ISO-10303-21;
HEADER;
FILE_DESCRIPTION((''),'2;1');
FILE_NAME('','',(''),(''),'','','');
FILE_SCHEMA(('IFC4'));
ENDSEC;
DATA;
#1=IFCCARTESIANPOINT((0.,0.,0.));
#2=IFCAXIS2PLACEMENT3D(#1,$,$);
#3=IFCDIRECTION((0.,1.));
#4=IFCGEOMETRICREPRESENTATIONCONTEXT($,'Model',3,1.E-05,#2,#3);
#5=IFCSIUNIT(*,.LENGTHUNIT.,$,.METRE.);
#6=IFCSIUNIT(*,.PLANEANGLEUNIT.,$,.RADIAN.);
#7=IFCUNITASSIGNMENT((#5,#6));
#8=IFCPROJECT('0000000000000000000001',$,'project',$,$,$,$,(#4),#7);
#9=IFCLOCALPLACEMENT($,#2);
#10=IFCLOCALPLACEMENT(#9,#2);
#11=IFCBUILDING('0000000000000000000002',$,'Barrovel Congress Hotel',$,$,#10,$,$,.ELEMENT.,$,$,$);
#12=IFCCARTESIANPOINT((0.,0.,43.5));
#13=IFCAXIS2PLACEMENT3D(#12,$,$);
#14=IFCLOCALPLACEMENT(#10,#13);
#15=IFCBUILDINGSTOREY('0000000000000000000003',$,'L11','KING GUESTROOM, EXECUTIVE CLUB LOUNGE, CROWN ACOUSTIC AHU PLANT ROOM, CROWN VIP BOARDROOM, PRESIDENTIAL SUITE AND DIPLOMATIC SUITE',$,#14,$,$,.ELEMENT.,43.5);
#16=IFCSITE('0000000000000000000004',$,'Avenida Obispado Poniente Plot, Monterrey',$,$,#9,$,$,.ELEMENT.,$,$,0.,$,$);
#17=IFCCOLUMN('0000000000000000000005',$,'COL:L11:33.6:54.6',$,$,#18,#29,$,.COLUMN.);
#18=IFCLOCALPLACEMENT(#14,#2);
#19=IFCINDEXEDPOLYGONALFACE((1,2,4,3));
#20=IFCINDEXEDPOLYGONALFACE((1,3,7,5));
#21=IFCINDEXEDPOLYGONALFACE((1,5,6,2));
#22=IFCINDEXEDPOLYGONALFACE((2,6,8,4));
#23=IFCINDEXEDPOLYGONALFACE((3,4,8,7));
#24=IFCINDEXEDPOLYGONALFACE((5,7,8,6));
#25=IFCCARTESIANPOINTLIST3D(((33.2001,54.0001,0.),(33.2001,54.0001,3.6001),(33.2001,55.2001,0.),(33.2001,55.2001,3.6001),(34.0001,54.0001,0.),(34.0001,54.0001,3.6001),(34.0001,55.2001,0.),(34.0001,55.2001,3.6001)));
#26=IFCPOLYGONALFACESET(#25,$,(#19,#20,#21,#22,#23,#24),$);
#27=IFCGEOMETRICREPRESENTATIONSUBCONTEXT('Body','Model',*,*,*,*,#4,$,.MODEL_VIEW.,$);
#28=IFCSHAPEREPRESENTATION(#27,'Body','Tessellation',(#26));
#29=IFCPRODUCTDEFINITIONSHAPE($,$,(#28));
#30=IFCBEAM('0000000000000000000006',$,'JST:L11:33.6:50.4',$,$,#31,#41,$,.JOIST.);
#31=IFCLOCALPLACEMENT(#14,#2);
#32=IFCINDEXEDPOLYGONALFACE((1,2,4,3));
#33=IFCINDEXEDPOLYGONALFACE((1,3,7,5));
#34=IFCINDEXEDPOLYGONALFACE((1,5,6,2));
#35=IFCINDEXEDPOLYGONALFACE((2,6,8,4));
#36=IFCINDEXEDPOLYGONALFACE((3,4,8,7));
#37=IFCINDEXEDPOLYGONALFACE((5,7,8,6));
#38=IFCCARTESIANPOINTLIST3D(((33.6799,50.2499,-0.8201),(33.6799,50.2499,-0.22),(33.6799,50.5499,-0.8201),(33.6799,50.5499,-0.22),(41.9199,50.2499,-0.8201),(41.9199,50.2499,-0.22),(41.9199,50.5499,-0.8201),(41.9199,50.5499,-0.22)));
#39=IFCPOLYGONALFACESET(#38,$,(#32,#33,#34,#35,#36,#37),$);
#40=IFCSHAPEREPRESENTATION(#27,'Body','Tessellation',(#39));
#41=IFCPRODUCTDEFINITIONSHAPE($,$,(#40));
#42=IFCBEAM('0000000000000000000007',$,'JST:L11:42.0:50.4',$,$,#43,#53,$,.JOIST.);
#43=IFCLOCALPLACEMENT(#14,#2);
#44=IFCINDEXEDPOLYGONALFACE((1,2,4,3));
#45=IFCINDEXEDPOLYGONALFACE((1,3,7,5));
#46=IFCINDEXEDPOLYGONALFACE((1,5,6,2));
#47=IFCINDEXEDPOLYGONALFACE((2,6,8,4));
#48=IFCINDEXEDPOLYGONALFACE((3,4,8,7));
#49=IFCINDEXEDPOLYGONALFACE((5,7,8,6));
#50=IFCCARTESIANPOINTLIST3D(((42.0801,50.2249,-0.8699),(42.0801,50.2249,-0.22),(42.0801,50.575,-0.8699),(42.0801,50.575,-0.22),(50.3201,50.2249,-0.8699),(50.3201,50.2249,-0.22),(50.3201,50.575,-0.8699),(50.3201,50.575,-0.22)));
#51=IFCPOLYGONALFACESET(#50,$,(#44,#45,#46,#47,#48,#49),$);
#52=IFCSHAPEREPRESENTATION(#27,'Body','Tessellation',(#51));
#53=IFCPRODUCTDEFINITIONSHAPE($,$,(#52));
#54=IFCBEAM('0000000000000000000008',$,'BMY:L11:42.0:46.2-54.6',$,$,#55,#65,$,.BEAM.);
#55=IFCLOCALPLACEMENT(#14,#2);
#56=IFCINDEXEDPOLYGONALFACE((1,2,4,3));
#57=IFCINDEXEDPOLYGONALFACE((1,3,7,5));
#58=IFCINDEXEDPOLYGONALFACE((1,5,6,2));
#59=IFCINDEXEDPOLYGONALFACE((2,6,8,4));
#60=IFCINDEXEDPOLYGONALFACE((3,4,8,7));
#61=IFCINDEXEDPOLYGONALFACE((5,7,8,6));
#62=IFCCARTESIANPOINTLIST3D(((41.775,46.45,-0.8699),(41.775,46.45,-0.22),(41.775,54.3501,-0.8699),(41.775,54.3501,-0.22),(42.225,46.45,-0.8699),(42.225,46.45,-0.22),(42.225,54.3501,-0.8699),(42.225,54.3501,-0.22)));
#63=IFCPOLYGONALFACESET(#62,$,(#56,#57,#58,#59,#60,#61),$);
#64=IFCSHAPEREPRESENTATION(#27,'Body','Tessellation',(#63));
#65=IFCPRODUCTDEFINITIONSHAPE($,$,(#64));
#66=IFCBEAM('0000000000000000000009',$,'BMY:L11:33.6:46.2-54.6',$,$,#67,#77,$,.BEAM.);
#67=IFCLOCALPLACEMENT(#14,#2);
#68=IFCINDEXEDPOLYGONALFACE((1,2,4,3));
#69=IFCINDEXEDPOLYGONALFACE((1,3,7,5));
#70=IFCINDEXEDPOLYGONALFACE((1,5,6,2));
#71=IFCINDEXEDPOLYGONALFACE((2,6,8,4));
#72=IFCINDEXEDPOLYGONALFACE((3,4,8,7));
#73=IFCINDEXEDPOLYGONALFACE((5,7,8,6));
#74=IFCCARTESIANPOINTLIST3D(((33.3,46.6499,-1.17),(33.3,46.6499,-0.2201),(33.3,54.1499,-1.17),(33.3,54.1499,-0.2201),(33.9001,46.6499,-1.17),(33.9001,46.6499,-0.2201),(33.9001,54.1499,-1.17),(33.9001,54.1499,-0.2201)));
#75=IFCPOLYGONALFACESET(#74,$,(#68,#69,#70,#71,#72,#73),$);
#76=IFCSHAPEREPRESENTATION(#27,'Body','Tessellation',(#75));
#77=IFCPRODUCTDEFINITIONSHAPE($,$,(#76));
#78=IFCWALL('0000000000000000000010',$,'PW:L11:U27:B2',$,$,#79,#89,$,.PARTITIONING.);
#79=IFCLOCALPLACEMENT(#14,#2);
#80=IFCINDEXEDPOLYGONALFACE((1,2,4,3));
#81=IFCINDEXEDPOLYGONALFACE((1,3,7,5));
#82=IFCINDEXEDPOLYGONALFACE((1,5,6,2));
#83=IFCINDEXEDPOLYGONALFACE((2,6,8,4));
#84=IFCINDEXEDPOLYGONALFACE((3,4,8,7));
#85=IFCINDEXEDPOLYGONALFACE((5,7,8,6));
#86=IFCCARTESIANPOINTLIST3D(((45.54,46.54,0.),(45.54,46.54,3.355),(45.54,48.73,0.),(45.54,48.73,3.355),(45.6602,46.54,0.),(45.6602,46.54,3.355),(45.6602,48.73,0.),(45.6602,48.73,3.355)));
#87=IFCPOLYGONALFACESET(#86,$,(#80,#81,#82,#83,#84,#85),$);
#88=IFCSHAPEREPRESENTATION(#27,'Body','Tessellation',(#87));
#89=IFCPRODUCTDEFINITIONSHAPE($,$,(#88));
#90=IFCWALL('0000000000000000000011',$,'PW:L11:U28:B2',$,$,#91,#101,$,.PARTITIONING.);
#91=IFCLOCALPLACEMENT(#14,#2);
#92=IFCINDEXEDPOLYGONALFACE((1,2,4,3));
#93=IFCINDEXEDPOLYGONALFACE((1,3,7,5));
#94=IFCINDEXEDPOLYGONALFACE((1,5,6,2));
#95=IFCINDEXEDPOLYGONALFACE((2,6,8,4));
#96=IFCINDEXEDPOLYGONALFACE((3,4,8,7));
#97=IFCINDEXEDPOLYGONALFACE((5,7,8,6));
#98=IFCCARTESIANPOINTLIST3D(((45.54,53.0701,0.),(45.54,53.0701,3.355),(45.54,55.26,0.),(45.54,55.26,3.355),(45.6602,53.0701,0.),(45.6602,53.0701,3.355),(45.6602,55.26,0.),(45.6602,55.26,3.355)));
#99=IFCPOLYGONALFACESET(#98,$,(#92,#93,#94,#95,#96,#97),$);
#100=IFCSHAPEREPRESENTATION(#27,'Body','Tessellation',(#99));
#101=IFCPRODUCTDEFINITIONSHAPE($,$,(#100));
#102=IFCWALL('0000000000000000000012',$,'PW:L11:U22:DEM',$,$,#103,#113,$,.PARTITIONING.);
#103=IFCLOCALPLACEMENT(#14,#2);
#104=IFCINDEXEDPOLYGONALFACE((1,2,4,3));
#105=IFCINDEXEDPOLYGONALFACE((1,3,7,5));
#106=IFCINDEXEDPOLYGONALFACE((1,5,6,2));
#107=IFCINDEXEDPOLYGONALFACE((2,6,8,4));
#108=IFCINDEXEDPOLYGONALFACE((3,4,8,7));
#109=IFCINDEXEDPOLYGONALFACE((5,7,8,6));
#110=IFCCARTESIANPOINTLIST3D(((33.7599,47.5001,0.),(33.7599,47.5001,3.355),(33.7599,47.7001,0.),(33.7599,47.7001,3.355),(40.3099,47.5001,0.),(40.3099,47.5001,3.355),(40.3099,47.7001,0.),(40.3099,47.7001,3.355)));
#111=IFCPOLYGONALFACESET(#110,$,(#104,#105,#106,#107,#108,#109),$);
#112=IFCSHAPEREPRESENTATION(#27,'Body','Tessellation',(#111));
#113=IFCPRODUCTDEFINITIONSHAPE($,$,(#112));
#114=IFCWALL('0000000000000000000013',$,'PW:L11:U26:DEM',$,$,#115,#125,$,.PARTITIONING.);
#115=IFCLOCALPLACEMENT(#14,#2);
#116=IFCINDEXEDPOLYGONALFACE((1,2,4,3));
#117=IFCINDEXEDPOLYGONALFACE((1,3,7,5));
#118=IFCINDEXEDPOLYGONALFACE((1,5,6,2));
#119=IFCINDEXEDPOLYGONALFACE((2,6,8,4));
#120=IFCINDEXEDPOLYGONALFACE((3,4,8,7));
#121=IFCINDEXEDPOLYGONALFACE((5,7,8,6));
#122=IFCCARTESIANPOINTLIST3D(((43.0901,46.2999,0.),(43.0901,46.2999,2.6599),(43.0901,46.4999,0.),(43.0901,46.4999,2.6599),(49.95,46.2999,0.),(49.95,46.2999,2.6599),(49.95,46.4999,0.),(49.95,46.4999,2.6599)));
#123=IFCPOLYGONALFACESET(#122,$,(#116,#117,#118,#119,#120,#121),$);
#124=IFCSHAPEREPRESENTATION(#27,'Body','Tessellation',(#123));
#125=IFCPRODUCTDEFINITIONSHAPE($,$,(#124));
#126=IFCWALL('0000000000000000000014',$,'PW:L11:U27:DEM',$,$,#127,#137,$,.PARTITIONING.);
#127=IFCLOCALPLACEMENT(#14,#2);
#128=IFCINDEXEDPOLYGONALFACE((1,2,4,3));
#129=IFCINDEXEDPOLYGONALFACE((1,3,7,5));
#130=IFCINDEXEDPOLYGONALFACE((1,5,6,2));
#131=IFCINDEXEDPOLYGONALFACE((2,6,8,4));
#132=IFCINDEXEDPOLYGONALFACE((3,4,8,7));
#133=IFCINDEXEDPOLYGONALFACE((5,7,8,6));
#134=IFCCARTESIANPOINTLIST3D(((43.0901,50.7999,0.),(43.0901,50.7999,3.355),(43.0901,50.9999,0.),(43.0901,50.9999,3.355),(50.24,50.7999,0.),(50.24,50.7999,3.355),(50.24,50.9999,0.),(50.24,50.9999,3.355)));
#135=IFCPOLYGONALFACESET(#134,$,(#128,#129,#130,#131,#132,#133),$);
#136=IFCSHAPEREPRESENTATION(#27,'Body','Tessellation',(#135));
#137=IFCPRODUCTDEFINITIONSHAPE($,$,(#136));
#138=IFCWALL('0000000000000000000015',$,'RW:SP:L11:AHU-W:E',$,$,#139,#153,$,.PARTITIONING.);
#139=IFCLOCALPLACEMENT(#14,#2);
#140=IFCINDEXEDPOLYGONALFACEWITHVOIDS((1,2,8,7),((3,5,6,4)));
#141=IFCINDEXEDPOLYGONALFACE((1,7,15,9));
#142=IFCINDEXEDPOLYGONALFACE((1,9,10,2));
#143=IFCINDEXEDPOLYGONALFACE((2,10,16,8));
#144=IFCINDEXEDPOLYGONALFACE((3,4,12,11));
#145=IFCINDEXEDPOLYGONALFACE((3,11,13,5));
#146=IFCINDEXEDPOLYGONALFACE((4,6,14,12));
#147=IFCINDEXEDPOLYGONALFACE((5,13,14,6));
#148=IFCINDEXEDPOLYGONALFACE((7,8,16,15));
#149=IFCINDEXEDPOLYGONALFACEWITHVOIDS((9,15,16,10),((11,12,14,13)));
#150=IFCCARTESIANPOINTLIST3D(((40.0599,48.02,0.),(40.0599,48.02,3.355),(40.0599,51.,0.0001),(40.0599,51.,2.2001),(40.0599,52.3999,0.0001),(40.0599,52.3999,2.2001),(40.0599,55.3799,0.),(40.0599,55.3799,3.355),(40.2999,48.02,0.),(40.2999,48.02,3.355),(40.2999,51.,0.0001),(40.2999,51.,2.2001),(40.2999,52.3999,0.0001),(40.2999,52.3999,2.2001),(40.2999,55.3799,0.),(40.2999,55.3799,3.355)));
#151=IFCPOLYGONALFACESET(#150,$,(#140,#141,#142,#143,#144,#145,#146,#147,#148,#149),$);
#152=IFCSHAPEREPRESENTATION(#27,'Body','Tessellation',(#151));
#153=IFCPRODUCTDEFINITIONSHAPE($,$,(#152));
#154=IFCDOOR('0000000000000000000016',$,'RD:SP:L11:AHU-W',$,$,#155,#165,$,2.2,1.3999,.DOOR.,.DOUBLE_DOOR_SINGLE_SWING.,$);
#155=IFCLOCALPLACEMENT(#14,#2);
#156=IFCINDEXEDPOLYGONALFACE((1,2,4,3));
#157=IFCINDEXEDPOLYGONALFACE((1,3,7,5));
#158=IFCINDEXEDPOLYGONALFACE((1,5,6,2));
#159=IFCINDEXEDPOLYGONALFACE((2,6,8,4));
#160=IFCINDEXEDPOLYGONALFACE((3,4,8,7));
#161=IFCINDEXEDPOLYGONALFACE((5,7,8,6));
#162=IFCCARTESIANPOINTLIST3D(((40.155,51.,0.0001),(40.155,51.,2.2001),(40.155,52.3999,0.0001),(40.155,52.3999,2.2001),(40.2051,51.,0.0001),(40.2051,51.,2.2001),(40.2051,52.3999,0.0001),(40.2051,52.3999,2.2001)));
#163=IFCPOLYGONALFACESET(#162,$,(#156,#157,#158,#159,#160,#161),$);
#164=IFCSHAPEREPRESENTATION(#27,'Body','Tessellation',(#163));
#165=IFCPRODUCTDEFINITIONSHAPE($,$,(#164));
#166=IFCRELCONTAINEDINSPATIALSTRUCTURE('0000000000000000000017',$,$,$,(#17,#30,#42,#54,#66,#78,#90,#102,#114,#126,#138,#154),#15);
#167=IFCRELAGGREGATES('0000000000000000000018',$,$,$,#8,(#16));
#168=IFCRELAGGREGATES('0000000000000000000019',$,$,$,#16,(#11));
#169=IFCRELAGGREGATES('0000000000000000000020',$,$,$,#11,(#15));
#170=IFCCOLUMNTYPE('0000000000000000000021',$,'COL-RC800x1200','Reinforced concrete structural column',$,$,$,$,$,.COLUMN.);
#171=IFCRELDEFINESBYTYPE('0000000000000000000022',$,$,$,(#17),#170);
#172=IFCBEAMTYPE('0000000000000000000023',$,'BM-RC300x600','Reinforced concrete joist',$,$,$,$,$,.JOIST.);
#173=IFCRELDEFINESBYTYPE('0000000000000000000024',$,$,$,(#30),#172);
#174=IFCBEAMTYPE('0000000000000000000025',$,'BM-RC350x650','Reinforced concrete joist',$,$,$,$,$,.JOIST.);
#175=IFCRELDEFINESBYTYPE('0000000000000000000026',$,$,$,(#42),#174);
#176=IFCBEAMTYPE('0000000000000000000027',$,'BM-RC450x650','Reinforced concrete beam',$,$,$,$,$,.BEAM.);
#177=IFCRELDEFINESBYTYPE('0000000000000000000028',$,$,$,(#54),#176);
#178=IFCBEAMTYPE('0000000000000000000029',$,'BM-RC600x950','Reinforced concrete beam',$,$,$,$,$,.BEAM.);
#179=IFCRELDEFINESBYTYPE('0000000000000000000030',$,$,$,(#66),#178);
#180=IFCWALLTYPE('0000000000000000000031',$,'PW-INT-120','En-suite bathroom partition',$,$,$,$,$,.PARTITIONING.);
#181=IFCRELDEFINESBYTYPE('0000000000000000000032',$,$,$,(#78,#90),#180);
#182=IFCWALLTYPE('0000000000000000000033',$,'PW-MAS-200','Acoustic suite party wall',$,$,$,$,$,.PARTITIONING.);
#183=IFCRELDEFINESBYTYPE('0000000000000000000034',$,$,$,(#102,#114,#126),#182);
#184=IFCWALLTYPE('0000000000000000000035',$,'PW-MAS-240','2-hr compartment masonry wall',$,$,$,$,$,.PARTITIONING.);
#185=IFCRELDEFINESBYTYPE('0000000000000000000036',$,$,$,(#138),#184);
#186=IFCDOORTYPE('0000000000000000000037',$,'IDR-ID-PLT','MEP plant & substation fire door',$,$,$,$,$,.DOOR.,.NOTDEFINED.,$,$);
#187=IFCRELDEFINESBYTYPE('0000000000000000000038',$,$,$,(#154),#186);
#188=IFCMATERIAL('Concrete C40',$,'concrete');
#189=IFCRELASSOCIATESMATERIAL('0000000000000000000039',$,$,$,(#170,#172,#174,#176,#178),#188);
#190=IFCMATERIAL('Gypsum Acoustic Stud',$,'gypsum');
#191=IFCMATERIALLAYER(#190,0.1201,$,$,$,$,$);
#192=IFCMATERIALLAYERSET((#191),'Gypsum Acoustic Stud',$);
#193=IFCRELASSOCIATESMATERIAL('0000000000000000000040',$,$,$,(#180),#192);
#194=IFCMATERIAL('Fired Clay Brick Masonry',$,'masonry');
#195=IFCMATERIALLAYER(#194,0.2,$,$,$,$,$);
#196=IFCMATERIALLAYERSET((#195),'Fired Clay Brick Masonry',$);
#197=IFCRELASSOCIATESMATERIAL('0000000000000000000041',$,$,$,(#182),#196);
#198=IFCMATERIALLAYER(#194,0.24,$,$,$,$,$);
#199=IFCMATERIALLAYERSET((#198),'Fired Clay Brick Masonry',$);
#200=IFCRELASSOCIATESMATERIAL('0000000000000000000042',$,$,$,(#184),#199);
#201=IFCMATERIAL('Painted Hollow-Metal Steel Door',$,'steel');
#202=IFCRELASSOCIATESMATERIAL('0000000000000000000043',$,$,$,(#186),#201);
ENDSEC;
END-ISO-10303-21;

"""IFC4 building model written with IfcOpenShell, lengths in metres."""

from ifc_helpers import new_model, si_unit, direction, frame, frame_2d, origin, origin_2d, place, context, subcontext, project, spatial, rectangle, extrude, material, layer, layer_set, material_profile, profile_set, type_object, element, fill, save


model = new_model("IFC4")

# Units and contexts
model_context = context("Model", 3, precision=1e-05, world=origin(), true_north=direction((0.0, 1.0)))
body_context = subcontext(model_context, "Body", "Model", "MODEL_VIEW")
ifc_project = project(units=[si_unit("LENGTHUNIT", "METRE"), si_unit("PLANEANGLEUNIT", "RADIAN")], contexts=[model_context])

# Site, building, storey
site_placement = place(None, origin())
site = spatial("IfcSite", under=ifc_project, at=site_placement, Name="Avenida Obispado Poniente Plot, Monterrey", CompositionType="ELEMENT", RefElevation=0.0)
building_placement = place(site_placement, origin())
building = spatial("IfcBuilding", under=site, at=building_placement, Name="Barrovel Congress Hotel", CompositionType="ELEMENT")
storey_placement = place(building_placement, frame((0.0, 0.0, 43.5)))
storey = spatial("IfcBuildingStorey", under=building, at=storey_placement, Name="L11", Description="KING GUESTROOM, EXECUTIVE CLUB LOUNGE, CROWN ACOUSTIC AHU PLANT ROOM, CROWN VIP BOARDROOM, PRESIDENTIAL SUITE AND DIPLOMATIC SUITE", CompositionType="ELEMENT", Elevation=43.5)

# Column
ifc_material_1 = material(Name="Concrete C40", Category="concrete")
ifc_material_profile_1 = material_profile(ifc_material_1, rectangle(XDim=0.8, YDim=1.2, at=origin_2d()), Name="RC800x1200")
ifc_profile_set_1 = profile_set([ifc_material_profile_1], Name="Concrete C40")
column_type = type_object("IfcColumnType", Name="COL-RC800x1200", Description="Reinforced concrete structural column", PredefinedType="COLUMN", material=ifc_profile_set_1)
column_placement = place(storey_placement, frame((33.6001, 54.6001, 0.0), z_axis=(0.0, 0.0, 1.0), x_axis=(1.0, 0.0, 0.0)))
element("IfcColumn", 1, at=column_placement, inside=storey, type_object=column_type, Name="COL:L11:33.6:54.6", PredefinedType="COLUMN", context=body_context, shape_type="SweptSolid", body=[
    extrude(rectangle(XDim=0.8, YDim=1.2, at=origin_2d()), origin(), (0.0, 0.0, 1.0), 3.6001),
])

# Beams
ifc_material_profile_2 = material_profile(ifc_material_1, rectangle(XDim=0.3, YDim=0.6001, at=origin_2d()), Name="RC300x600")
ifc_profile_set_2 = profile_set([ifc_material_profile_2], Name="Concrete C40")
beam_type_1 = type_object("IfcBeamType", Name="BM-RC300x600", Description="Reinforced concrete joist", PredefinedType="JOIST", material=ifc_profile_set_2)
beam_1_placement = place(storey_placement, frame((33.6799, 50.3999, -0.52), z_axis=(1.0, 0.0, 0.0), x_axis=(0.0, 1.0, 0.0)))
element("IfcBeam", 2, at=beam_1_placement, inside=storey, type_object=beam_type_1, Name="JST:L11:33.6:50.4", PredefinedType="JOIST", context=body_context, shape_type="SweptSolid", body=[
    extrude(rectangle(XDim=0.3, YDim=0.6001, at=origin_2d()), origin(), (0.0, 0.0, 1.0), 8.24),
])
ifc_material_profile_3 = material_profile(ifc_material_1, rectangle(XDim=0.3501, YDim=0.6499, at=origin_2d()), Name="RC350x650")
ifc_profile_set_3 = profile_set([ifc_material_profile_3], Name="Concrete C40")
beam_type_2 = type_object("IfcBeamType", Name="BM-RC350x650", Description="Reinforced concrete joist", PredefinedType="JOIST", material=ifc_profile_set_3)
beam_2_placement = place(storey_placement, frame((42.0801, 50.3999, -0.5449), z_axis=(1.0, 0.0, 0.0), x_axis=(0.0, 1.0, 0.0)))
element("IfcBeam", 3, at=beam_2_placement, inside=storey, type_object=beam_type_2, Name="JST:L11:42.0:50.4", PredefinedType="JOIST", context=body_context, shape_type="SweptSolid", body=[
    extrude(rectangle(XDim=0.3501, YDim=0.6499, at=origin_2d()), origin(), (0.0, 0.0, 1.0), 8.24),
])
ifc_material_profile_4 = material_profile(ifc_material_1, rectangle(XDim=0.45, YDim=0.6499, at=origin_2d()), Name="RC450x650")
ifc_profile_set_4 = profile_set([ifc_material_profile_4], Name="Concrete C40")
beam_type_3 = type_object("IfcBeamType", Name="BM-RC450x650", Description="Reinforced concrete beam", PredefinedType="BEAM", material=ifc_profile_set_4)
beam_3_placement = place(storey_placement, frame((42.0, 46.45, -0.5449), z_axis=(0.0, 1.0, 0.0), x_axis=(-1.0, 0.0, 0.0)))
element("IfcBeam", 4, at=beam_3_placement, inside=storey, type_object=beam_type_3, Name="BMY:L11:42.0:46.2-54.6", PredefinedType="BEAM", context=body_context, shape_type="SweptSolid", body=[
    extrude(rectangle(XDim=0.45, YDim=0.6499, at=origin_2d()), origin(), (0.0, 0.0, 1.0), 7.9001),
])
ifc_material_profile_5 = material_profile(ifc_material_1, rectangle(XDim=0.6001, YDim=0.95, at=origin_2d()), Name="RC600x950")
ifc_profile_set_5 = profile_set([ifc_material_profile_5], Name="Concrete C40")
beam_type_4 = type_object("IfcBeamType", Name="BM-RC600x950", Description="Reinforced concrete beam", PredefinedType="BEAM", material=ifc_profile_set_5)
beam_4_placement = place(storey_placement, frame((33.6001, 46.6499, -0.6951), z_axis=(0.0, 1.0, 0.0), x_axis=(-1.0, 0.0, 0.0)))
element("IfcBeam", 5, at=beam_4_placement, inside=storey, type_object=beam_type_4, Name="BMY:L11:33.6:46.2-54.6", PredefinedType="BEAM", context=body_context, shape_type="SweptSolid", body=[
    extrude(rectangle(XDim=0.6001, YDim=0.95, at=origin_2d()), origin(), (0.0, 0.0, 1.0), 7.5),
])

# Shared definitions
ifc_material_2 = material(Name="Gypsum Acoustic Stud", Category="gypsum")

# Walls
ifc_layer_1 = layer(ifc_material_2, 0.1201)
ifc_layer_set_1 = layer_set([ifc_layer_1], Name="Gypsum Acoustic Stud")
wall_type_1 = type_object("IfcWallType", Name="PW-INT-120", Description="En-suite bathroom partition", PredefinedType="PARTITIONING", material=ifc_layer_set_1)
for number, where, z_axis, x_axis, name in (
    (6, (45.6001, 46.54, 0.0), (0.0, 0.0, 1.0), (0.0, 1.0, 0.0), "PW:L11:U27:B2"),
    (7, (45.6001, 53.0701, 0.0), (0.0, 0.0, 1.0), (0.0, 1.0, 0.0), "PW:L11:U28:B2"),
):
    element("IfcWall", number, at=place(storey_placement, frame(where, z_axis=z_axis, x_axis=x_axis)), inside=storey, type_object=wall_type_1, Name=name, PredefinedType="PARTITIONING", context=body_context, shape_type="SweptSolid", body=[
        extrude(rectangle(XDim=2.1899, YDim=0.1201, at=frame_2d((1.095, 0.0))), origin(), (0.0, 0.0, 1.0), 3.355),
    ])
ifc_material_3 = material(Name="Fired Clay Brick Masonry", Category="masonry")
ifc_layer_2 = layer(ifc_material_3, 0.2)
ifc_layer_set_2 = layer_set([ifc_layer_2], Name="Fired Clay Brick Masonry")
wall_type_2 = type_object("IfcWallType", Name="PW-MAS-200", Description="Acoustic suite party wall", PredefinedType="PARTITIONING", material=ifc_layer_set_2)
wall_1_placement = place(storey_placement, frame((33.76, 47.6001, 0.0), z_axis=(0.0, 0.0, 1.0), x_axis=(1.0, 0.0, 0.0)))
element("IfcWall", 8, at=wall_1_placement, inside=storey, type_object=wall_type_2, Name="PW:L11:U22:DEM", PredefinedType="PARTITIONING", context=body_context, shape_type="SweptSolid", body=[
    extrude(rectangle(XDim=6.55, YDim=0.2, at=frame_2d((3.2749, 0.0))), origin(), (0.0, 0.0, 1.0), 3.355),
])
wall_2_placement = place(storey_placement, frame((43.0901, 46.3999, 0.0), z_axis=(0.0, 0.0, 1.0), x_axis=(1.0, 0.0, 0.0)))
element("IfcWall", 9, at=wall_2_placement, inside=storey, type_object=wall_type_2, Name="PW:L11:U26:DEM", PredefinedType="PARTITIONING", context=body_context, shape_type="SweptSolid", body=[
    extrude(rectangle(XDim=6.8599, YDim=0.2, at=frame_2d((3.4299, 0.0))), origin(), (0.0, 0.0, 1.0), 2.6599),
])
wall_3_placement = place(storey_placement, frame((43.0901, 50.8999, 0.0), z_axis=(0.0, 0.0, 1.0), x_axis=(1.0, 0.0, 0.0)))
element("IfcWall", 10, at=wall_3_placement, inside=storey, type_object=wall_type_2, Name="PW:L11:U27:DEM", PredefinedType="PARTITIONING", context=body_context, shape_type="SweptSolid", body=[
    extrude(rectangle(XDim=7.1499, YDim=0.2, at=frame_2d((3.575, 0.0))), origin(), (0.0, 0.0, 1.0), 3.355),
])

# Wall, opening, door
ifc_layer_3 = layer(ifc_material_3, 0.24)
ifc_layer_set_3 = layer_set([ifc_layer_3], Name="Fired Clay Brick Masonry")
wall_type_3 = type_object("IfcWallType", Name="PW-MAS-240", Description="2-hr compartment masonry wall", PredefinedType="PARTITIONING", material=ifc_layer_set_3)
wall_4_placement = place(storey_placement, frame((40.1799, 48.02, 0.0), z_axis=(0.0, 0.0, 1.0), x_axis=(0.0, 1.0, 0.0)))
wall_4 = element("IfcWall", 11, at=wall_4_placement, inside=storey, type_object=wall_type_3, Name="RW:SP:L11:AHU-W:E", PredefinedType="PARTITIONING", context=body_context, shape_type="SweptSolid", body=[
    extrude(rectangle(XDim=7.3599, YDim=0.24, at=frame_2d((3.6799, 0.0))), origin(), (0.0, 0.0, 1.0), 3.355),
])
opening_1_placement = place(wall_4_placement, frame((2.98, 0.0, 0.0)))
opening_1 = element("IfcOpeningElement", 12, at=opening_1_placement, cuts=wall_4, PredefinedType="OPENING", context=body_context, shape_type="SweptSolid", body=[
    extrude(rectangle(XDim=1.3999, YDim=2.2, at=frame_2d((0.7, 1.1001))), frame((0.0, 0.1299, 0.0), z_axis=(0.0, -1.0, 0.0), x_axis=(1.0, 0.0, 0.0)), (0.0, 0.0, 1.0), 0.26),
])
ifc_material_4 = material(Name="Painted Hollow-Metal Steel Door", Category="steel")
door_type_1 = type_object("IfcDoorType", Name="IDR-ID-PLT", Description="MEP plant & substation fire door", OperationType="NOTDEFINED", PredefinedType="DOOR", material=ifc_material_4)
door_1_placement = place(opening_1_placement, origin())
door_1 = element("IfcDoor", 13, at=door_1_placement, inside=storey, type_object=door_type_1, Name="RD:SP:L11:AHU-W", OperationType="DOUBLE_DOOR_SINGLE_SWING", OverallHeight=2.2, OverallWidth=1.3999, PredefinedType="DOOR", context=body_context, shape_type="SweptSolid", body=[
    extrude(rectangle(XDim=1.3999, YDim=2.2, at=frame_2d((0.7, 1.1001))), frame((0.0, 0.0249, 0.0), z_axis=(0.0, -1.0, 0.0), x_axis=(1.0, 0.0, 0.0)), (0.0, 0.0, 1.0), 0.05),
])
fill(opening_1, door_1)

save(model, "model.ifc")
